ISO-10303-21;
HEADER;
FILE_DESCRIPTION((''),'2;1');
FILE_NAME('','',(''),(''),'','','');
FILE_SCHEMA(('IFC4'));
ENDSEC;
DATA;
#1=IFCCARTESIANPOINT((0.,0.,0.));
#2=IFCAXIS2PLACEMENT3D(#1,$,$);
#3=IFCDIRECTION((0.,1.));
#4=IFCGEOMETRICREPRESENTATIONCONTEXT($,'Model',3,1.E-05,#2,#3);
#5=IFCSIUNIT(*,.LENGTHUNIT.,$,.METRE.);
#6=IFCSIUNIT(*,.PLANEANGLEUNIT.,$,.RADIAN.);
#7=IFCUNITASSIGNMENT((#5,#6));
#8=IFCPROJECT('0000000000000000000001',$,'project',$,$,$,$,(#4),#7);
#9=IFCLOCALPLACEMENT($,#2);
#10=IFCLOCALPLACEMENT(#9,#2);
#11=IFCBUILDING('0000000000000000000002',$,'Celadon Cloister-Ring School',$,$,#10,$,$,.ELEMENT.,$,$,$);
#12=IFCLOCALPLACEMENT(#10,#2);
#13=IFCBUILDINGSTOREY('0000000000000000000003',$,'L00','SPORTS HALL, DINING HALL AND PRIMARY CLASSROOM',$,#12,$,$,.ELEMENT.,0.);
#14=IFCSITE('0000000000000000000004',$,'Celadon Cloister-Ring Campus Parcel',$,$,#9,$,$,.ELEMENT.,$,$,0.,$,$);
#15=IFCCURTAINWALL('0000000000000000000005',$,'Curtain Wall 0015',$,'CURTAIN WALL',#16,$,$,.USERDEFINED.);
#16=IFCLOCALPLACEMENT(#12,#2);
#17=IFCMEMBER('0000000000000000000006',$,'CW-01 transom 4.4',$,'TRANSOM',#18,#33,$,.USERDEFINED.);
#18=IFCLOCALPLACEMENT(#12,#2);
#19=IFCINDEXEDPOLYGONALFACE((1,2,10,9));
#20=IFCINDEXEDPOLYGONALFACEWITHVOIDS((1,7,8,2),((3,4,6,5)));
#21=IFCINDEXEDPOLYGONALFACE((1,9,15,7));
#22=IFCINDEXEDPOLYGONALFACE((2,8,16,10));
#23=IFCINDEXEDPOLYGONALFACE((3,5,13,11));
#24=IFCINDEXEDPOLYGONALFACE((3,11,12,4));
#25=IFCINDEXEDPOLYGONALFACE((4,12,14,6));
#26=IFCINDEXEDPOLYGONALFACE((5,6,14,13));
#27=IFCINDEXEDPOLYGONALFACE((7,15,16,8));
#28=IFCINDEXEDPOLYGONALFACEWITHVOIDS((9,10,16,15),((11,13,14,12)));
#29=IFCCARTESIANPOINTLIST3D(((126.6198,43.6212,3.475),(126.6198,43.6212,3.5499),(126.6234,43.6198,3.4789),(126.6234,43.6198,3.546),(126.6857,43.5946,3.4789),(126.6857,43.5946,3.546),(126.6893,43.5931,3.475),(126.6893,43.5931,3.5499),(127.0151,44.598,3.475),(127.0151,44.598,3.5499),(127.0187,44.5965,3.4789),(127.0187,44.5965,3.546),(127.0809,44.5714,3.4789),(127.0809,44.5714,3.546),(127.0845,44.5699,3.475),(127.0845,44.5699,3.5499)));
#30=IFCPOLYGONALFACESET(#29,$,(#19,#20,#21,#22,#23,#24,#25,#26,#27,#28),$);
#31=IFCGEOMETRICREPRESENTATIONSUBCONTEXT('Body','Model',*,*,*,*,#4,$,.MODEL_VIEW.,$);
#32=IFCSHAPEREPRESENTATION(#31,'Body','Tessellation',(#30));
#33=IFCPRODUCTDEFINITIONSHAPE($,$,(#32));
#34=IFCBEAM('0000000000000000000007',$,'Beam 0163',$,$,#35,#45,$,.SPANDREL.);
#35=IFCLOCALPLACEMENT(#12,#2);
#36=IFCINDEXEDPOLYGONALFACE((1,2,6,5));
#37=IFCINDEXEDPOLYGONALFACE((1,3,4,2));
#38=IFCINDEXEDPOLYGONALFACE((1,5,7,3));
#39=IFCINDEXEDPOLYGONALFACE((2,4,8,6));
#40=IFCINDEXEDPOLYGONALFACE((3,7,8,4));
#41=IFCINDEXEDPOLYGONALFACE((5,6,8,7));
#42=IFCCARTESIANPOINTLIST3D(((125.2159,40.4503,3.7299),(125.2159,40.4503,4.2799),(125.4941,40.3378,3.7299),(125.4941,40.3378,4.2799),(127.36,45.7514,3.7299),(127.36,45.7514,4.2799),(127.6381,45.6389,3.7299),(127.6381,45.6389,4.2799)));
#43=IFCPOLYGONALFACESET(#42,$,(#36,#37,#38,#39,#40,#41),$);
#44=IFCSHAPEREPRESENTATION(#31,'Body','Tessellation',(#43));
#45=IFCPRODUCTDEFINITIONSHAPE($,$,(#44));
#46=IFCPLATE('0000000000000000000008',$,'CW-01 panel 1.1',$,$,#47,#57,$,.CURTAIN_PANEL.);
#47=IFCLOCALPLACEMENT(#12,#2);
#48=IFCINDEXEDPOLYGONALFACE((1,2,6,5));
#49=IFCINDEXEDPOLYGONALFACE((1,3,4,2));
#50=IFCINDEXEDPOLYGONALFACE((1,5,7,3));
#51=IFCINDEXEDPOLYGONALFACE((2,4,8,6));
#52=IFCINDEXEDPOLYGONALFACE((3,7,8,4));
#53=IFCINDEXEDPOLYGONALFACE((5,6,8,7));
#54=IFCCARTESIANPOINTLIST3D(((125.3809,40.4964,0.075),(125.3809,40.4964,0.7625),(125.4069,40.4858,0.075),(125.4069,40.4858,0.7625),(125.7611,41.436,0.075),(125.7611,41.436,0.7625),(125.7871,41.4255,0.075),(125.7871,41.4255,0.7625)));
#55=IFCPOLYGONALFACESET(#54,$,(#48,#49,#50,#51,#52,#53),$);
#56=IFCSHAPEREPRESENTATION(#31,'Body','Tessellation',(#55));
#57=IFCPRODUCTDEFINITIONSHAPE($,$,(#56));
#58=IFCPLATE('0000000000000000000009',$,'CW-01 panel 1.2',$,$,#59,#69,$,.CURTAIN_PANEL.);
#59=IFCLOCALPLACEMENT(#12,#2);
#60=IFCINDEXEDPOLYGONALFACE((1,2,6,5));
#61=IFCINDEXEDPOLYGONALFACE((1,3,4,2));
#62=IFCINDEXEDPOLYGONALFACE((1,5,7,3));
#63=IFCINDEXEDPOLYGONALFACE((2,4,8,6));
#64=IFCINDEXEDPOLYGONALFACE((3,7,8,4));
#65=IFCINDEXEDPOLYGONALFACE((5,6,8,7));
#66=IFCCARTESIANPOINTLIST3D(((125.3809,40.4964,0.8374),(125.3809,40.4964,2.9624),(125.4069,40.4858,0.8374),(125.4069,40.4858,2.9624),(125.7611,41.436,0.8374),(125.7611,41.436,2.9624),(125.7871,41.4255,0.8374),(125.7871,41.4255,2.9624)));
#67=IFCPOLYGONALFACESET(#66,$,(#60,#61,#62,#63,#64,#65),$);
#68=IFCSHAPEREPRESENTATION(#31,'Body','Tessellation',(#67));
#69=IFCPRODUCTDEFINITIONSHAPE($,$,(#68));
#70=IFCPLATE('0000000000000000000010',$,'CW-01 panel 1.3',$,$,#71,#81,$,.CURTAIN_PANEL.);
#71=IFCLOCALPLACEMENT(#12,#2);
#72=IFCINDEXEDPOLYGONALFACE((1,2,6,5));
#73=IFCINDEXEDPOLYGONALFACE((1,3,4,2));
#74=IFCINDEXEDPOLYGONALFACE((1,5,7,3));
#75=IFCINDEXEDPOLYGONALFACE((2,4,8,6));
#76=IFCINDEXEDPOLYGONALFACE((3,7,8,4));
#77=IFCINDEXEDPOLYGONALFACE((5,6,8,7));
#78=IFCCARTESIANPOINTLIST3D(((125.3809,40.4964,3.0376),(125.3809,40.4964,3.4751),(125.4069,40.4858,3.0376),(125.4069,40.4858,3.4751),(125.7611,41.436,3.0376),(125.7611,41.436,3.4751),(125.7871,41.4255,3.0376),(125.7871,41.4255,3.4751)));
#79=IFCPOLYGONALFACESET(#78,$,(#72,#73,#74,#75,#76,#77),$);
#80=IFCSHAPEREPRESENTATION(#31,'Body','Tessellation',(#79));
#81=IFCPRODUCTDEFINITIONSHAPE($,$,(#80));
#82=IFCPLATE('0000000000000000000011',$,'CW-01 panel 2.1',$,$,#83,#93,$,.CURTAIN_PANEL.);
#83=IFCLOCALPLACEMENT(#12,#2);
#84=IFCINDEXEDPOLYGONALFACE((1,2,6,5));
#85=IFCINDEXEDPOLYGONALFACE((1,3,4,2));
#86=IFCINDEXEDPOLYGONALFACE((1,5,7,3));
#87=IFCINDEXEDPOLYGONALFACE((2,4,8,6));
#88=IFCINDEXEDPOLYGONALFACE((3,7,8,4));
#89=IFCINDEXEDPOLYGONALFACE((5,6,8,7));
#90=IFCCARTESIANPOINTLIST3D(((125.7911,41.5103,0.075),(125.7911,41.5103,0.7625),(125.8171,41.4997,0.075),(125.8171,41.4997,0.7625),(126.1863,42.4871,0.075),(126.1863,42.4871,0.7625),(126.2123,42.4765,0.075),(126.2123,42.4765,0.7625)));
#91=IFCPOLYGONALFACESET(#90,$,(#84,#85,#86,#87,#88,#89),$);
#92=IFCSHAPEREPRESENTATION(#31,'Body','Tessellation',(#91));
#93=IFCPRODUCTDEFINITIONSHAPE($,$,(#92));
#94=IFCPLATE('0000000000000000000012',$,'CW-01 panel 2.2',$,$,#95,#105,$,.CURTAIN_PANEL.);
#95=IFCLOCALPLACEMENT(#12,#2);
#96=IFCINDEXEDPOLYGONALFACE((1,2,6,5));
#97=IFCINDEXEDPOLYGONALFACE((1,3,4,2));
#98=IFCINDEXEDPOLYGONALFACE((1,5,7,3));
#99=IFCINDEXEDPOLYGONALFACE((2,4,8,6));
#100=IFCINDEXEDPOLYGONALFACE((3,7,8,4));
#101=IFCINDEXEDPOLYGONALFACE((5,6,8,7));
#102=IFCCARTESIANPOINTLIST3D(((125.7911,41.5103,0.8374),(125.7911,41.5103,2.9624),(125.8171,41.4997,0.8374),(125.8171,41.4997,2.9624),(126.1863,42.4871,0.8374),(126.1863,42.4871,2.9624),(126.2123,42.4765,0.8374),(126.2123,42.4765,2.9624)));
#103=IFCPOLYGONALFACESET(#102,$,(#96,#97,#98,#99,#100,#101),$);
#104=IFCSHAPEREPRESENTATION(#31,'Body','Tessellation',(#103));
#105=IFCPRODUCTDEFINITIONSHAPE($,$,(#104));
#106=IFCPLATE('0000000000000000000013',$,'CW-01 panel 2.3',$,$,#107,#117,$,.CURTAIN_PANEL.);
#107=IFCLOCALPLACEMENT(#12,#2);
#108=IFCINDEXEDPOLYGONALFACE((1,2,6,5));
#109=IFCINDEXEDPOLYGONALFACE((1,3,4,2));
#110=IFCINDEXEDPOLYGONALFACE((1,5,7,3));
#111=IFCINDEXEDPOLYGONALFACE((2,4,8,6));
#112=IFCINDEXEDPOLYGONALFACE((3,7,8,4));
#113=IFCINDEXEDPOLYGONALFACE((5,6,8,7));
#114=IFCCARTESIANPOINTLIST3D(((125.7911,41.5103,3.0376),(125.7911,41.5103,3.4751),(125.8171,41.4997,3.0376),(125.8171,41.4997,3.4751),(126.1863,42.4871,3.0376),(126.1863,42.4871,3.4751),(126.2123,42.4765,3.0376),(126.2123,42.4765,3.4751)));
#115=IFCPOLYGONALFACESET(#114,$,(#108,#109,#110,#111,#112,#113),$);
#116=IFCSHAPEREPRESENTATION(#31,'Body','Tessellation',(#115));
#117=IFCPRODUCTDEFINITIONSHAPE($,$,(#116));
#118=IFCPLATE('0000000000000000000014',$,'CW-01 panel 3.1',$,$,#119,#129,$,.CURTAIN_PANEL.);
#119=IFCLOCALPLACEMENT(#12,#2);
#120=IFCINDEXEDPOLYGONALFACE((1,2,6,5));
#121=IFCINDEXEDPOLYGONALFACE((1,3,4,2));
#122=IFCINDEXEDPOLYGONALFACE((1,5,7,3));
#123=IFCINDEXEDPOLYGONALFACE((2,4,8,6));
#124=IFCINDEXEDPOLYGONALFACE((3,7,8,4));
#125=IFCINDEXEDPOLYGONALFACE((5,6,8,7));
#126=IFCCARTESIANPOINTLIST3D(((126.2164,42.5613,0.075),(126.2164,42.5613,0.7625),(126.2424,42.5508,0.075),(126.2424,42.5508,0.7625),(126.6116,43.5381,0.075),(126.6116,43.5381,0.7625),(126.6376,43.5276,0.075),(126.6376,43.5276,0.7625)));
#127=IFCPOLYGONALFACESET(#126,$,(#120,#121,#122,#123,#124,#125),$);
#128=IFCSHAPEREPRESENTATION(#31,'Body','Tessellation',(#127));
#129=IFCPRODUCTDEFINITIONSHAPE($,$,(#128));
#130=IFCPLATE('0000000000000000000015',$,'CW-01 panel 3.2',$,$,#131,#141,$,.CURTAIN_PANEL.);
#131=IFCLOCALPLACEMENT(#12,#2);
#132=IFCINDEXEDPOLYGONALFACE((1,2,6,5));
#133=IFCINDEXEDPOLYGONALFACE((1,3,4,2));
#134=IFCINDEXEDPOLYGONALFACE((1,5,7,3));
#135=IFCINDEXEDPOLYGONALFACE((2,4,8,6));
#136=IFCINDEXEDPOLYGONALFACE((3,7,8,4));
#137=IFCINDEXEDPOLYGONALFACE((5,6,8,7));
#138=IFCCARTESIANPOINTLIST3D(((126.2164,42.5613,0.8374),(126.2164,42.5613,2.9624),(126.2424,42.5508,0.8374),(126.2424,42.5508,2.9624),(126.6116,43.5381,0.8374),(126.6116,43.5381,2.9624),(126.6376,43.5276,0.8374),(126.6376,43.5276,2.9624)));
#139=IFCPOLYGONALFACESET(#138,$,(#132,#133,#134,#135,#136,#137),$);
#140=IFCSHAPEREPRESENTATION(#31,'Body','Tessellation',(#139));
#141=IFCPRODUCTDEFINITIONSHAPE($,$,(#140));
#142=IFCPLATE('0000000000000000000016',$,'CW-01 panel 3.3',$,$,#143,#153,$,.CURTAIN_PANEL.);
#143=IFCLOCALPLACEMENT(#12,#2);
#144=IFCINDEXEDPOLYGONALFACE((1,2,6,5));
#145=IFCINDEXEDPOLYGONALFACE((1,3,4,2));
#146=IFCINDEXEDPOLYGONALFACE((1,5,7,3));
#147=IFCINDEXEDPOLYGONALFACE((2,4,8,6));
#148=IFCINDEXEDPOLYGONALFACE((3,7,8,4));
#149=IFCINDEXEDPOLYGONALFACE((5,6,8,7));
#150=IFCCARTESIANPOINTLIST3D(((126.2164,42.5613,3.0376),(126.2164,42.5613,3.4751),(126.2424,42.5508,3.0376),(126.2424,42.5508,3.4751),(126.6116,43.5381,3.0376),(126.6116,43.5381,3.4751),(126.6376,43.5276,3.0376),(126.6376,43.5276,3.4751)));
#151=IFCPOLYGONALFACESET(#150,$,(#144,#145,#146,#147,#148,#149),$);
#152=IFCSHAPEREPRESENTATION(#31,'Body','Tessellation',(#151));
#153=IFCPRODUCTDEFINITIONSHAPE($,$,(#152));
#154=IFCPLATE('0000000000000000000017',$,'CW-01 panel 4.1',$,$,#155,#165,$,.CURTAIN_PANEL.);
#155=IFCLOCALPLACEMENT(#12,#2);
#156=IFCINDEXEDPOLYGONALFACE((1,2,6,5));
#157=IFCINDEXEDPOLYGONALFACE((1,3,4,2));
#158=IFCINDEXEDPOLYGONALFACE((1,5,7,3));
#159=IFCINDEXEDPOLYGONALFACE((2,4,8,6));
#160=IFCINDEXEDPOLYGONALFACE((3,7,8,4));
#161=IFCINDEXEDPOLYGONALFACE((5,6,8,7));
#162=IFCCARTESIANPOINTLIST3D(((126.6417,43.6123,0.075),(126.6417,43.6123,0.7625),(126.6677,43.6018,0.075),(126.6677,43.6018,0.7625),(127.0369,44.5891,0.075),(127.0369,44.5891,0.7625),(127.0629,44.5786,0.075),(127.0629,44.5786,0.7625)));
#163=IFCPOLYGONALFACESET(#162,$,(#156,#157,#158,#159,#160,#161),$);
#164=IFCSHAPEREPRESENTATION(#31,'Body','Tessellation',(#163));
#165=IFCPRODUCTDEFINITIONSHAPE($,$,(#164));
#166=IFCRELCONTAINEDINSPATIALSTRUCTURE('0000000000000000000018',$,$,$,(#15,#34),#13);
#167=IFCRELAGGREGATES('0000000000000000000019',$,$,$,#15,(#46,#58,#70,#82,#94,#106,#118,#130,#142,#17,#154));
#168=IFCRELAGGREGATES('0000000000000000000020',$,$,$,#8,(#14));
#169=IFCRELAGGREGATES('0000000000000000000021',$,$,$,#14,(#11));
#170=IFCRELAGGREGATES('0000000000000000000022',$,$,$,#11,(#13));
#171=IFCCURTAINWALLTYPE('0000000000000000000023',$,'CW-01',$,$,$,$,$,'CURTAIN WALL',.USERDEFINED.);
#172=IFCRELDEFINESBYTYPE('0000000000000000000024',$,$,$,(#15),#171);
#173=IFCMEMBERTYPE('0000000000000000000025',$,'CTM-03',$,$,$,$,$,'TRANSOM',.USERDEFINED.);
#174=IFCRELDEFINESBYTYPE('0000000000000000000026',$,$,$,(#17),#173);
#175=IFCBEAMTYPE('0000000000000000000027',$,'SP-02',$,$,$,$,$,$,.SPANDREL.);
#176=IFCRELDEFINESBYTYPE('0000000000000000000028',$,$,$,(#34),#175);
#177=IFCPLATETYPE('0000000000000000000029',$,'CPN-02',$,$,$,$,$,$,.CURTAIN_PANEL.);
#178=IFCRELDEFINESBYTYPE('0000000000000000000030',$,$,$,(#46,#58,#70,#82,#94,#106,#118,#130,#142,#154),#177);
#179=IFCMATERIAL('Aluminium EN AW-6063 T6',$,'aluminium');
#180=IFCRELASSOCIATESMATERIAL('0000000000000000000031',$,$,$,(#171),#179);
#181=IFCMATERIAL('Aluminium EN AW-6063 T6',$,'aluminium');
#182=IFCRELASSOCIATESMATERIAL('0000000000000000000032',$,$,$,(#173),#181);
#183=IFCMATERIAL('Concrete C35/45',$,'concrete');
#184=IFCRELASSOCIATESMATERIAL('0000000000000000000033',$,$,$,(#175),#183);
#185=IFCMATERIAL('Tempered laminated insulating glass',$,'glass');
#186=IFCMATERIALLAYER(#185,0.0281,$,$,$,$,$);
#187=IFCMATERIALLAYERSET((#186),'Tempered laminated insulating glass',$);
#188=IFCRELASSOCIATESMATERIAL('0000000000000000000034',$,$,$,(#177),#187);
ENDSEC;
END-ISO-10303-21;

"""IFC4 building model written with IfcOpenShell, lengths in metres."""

from ifc_helpers import new_model, si_unit, direction, frame, origin, origin_2d, place, context, subcontext, project, spatial, rectangle, hollow_rectangle, extrude, material, layer, layer_set, material_profile, profile_set, type_object, element, aggregate, save


model = new_model("IFC4")

# Units and contexts
model_context = context("Model", 3, precision=1e-05, world=origin(), true_north=direction((0.0, 1.0)))
body_context = subcontext(model_context, "Body", "Model", "MODEL_VIEW")
ifc_project = project(units=[si_unit("LENGTHUNIT", "METRE"), si_unit("PLANEANGLEUNIT", "RADIAN")], contexts=[model_context])

# Site, building, storey
site_placement = place(None, origin())
site = spatial("IfcSite", under=ifc_project, at=site_placement, Name="Celadon Cloister-Ring Campus Parcel", CompositionType="ELEMENT", RefElevation=0.0)
building_placement = place(site_placement, origin())
building = spatial("IfcBuilding", under=site, at=building_placement, Name="Celadon Cloister-Ring School", CompositionType="ELEMENT")
storey_placement = place(building_placement, origin())
storey = spatial("IfcBuildingStorey", under=building, at=storey_placement, Name="L00", Description="SPORTS HALL, DINING HALL AND PRIMARY CLASSROOM", CompositionType="ELEMENT", Elevation=0.0)

# Curtain wall, member
ifc_material_1 = material(Name="Aluminium EN AW-6063 T6", Category="aluminium")
curtain_wall_type = type_object("IfcCurtainWallType", Name="CW-01", ElementType="CURTAIN WALL", PredefinedType="USERDEFINED", material=ifc_material_1)
curtain_wall_placement = place(storey_placement, origin())
curtain_wall = element("IfcCurtainWall", 1, at=curtain_wall_placement, inside=storey, type_object=curtain_wall_type, Name="Curtain Wall 0015", ObjectType="CURTAIN WALL", PredefinedType="USERDEFINED")
ifc_material_2 = material(Name="Aluminium EN AW-6063 T6", Category="aluminium")
ifc_material_profile_1 = material_profile(ifc_material_2, hollow_rectangle(XDim=0.075, YDim=0.075, WallThickness=0.0039, at=origin_2d()), Name="RHS75X75X4")
ifc_profile_set_1 = profile_set([ifc_material_profile_1], Name="Aluminium EN AW-6063 T6")
member_type_1 = type_object("IfcMemberType", Name="CTM-03", ElementType="TRANSOM", PredefinedType="USERDEFINED", material=ifc_profile_set_1)
member_1_placement = place(storey_placement, frame((126.6545, 43.6072, 3.5125), z_axis=(0.375103, 0.926983, 0.0), x_axis=(-0.926983, 0.375103, 0.0)))
member_1 = element("IfcMember", 2, at=member_1_placement, type_object=member_type_1, Name="CW-01 transom 4.4", ObjectType="TRANSOM", PredefinedType="USERDEFINED", context=body_context, shape_type="SweptSolid", body=[
    extrude(hollow_rectangle(XDim=0.075, YDim=0.075, WallThickness=0.0039, at=origin_2d()), origin(), (0.0, 0.0, 1.0), 1.0537),
])

# Beam
ifc_material_3 = material(Name="Concrete C35/45", Category="concrete")
ifc_material_profile_2 = material_profile(ifc_material_3, rectangle(XDim=0.3, YDim=0.55, at=origin_2d()), Name="RC300X550")
ifc_profile_set_2 = profile_set([ifc_material_profile_2], Name="Concrete C35/45")
beam_type = type_object("IfcBeamType", Name="SP-02", PredefinedType="SPANDREL", material=ifc_profile_set_2)
beam_placement = place(storey_placement, frame((125.355, 40.394, 4.0049), z_axis=(0.374951, 0.927045, 0.0), x_axis=(-0.927045, 0.374951, 0.0)))
element("IfcBeam", 3, at=beam_placement, inside=storey, type_object=beam_type, Name="Beam 0163", PredefinedType="SPANDREL", context=body_context, shape_type="SweptSolid", body=[
    extrude(rectangle(XDim=0.3, YDim=0.55, at=origin_2d()), origin(), (0.0, 0.0, 1.0), 5.7183),
])

# Plates
ifc_material_4 = material(Name="Tempered laminated insulating glass", Category="glass")
ifc_layer = layer(ifc_material_4, 0.0281)
ifc_layer_set = layer_set([ifc_layer], Name="Tempered laminated insulating glass")
plate_type = type_object("IfcPlateType", Name="CPN-02", PredefinedType="CURTAIN_PANEL", material=ifc_layer_set)
plate_1_placement = place(storey_placement, frame((125.584, 40.9609, 0.075), z_axis=(0.0, 0.0, 1.0), x_axis=(0.375038, 0.92701, 0.0)))
plate_1 = element("IfcPlate", 4, at=plate_1_placement, type_object=plate_type, Name="CW-01 panel 1.1", PredefinedType="CURTAIN_PANEL", context=body_context, shape_type="SweptSolid", body=[
    extrude(rectangle(XDim=1.0137, YDim=0.0281, at=origin_2d()), origin(), (0.0, 0.0, 1.0), 0.6875),
])
plate_2_placement = place(storey_placement, frame((125.584, 40.9609, 0.8374), z_axis=(0.0, 0.0, 1.0), x_axis=(0.375038, 0.92701, 0.0)))
plate_2 = element("IfcPlate", 5, at=plate_2_placement, type_object=plate_type, Name="CW-01 panel 1.2", PredefinedType="CURTAIN_PANEL", context=body_context, shape_type="SweptSolid", body=[
    extrude(rectangle(XDim=1.0137, YDim=0.0281, at=origin_2d()), origin(), (0.0, 0.0, 1.0), 2.125),
])
plate_3_placement = place(storey_placement, frame((125.584, 40.9609, 3.0376), z_axis=(0.0, 0.0, 1.0), x_axis=(0.375038, 0.92701, 0.0)))
plate_3 = element("IfcPlate", 6, at=plate_3_placement, type_object=plate_type, Name="CW-01 panel 1.3", PredefinedType="CURTAIN_PANEL", context=body_context, shape_type="SweptSolid", body=[
    extrude(rectangle(XDim=1.0137, YDim=0.0281, at=origin_2d()), origin(), (0.0, 0.0, 1.0), 0.4375),
])
plate_4_placement = place(storey_placement, frame((126.0017, 41.9934, 0.075), z_axis=(0.0, 0.0, 1.0), x_axis=(0.375038, 0.92701, 0.0)))
plate_4 = element("IfcPlate", 7, at=plate_4_placement, type_object=plate_type, Name="CW-01 panel 2.1", PredefinedType="CURTAIN_PANEL", context=body_context, shape_type="SweptSolid", body=[
    extrude(rectangle(XDim=1.0537, YDim=0.0281, at=origin_2d()), origin(), (0.0, 0.0, 1.0), 0.6875),
])
plate_5_placement = place(storey_placement, frame((126.0017, 41.9934, 0.8374), z_axis=(0.0, 0.0, 1.0), x_axis=(0.375038, 0.92701, 0.0)))
plate_5 = element("IfcPlate", 8, at=plate_5_placement, type_object=plate_type, Name="CW-01 panel 2.2", PredefinedType="CURTAIN_PANEL", context=body_context, shape_type="SweptSolid", body=[
    extrude(rectangle(XDim=1.0537, YDim=0.0281, at=origin_2d()), origin(), (0.0, 0.0, 1.0), 2.125),
])
plate_6_placement = place(storey_placement, frame((126.0017, 41.9934, 3.0376), z_axis=(0.0, 0.0, 1.0), x_axis=(0.375038, 0.92701, 0.0)))
plate_6 = element("IfcPlate", 9, at=plate_6_placement, type_object=plate_type, Name="CW-01 panel 2.3", PredefinedType="CURTAIN_PANEL", context=body_context, shape_type="SweptSolid", body=[
    extrude(rectangle(XDim=1.0537, YDim=0.0281, at=origin_2d()), origin(), (0.0, 0.0, 1.0), 0.4375),
])
plate_7_placement = place(storey_placement, frame((126.427, 43.0444, 0.075), z_axis=(0.0, 0.0, 1.0), x_axis=(0.375038, 0.92701, 0.0)))
plate_7 = element("IfcPlate", 10, at=plate_7_placement, type_object=plate_type, Name="CW-01 panel 3.1", PredefinedType="CURTAIN_PANEL", context=body_context, shape_type="SweptSolid", body=[
    extrude(rectangle(XDim=1.0537, YDim=0.0281, at=origin_2d()), origin(), (0.0, 0.0, 1.0), 0.6875),
])
plate_8_placement = place(storey_placement, frame((126.427, 43.0444, 0.8374), z_axis=(0.0, 0.0, 1.0), x_axis=(0.375038, 0.92701, 0.0)))
plate_8 = element("IfcPlate", 11, at=plate_8_placement, type_object=plate_type, Name="CW-01 panel 3.2", PredefinedType="CURTAIN_PANEL", context=body_context, shape_type="SweptSolid", body=[
    extrude(rectangle(XDim=1.0537, YDim=0.0281, at=origin_2d()), origin(), (0.0, 0.0, 1.0), 2.125),
])
plate_9_placement = place(storey_placement, frame((126.427, 43.0444, 3.0376), z_axis=(0.0, 0.0, 1.0), x_axis=(0.375038, 0.92701, 0.0)))
plate_9 = element("IfcPlate", 12, at=plate_9_placement, type_object=plate_type, Name="CW-01 panel 3.3", PredefinedType="CURTAIN_PANEL", context=body_context, shape_type="SweptSolid", body=[
    extrude(rectangle(XDim=1.0537, YDim=0.0281, at=origin_2d()), origin(), (0.0, 0.0, 1.0), 0.4375),
])
plate_10_placement = place(storey_placement, frame((126.8523, 44.0955, 0.075), z_axis=(0.0, 0.0, 1.0), x_axis=(0.375038, 0.92701, 0.0)))
plate_10 = element("IfcPlate", 13, at=plate_10_placement, type_object=plate_type, Name="CW-01 panel 4.1", PredefinedType="CURTAIN_PANEL", context=body_context, shape_type="SweptSolid", body=[
    extrude(rectangle(XDim=1.0537, YDim=0.0281, at=origin_2d()), origin(), (0.0, 0.0, 1.0), 0.6875),
])
aggregate(curtain_wall, [plate_1, plate_2, plate_3, plate_4, plate_5, plate_6, plate_7, plate_8, plate_9, member_1, plate_10])

save(model, "model.ifc")
